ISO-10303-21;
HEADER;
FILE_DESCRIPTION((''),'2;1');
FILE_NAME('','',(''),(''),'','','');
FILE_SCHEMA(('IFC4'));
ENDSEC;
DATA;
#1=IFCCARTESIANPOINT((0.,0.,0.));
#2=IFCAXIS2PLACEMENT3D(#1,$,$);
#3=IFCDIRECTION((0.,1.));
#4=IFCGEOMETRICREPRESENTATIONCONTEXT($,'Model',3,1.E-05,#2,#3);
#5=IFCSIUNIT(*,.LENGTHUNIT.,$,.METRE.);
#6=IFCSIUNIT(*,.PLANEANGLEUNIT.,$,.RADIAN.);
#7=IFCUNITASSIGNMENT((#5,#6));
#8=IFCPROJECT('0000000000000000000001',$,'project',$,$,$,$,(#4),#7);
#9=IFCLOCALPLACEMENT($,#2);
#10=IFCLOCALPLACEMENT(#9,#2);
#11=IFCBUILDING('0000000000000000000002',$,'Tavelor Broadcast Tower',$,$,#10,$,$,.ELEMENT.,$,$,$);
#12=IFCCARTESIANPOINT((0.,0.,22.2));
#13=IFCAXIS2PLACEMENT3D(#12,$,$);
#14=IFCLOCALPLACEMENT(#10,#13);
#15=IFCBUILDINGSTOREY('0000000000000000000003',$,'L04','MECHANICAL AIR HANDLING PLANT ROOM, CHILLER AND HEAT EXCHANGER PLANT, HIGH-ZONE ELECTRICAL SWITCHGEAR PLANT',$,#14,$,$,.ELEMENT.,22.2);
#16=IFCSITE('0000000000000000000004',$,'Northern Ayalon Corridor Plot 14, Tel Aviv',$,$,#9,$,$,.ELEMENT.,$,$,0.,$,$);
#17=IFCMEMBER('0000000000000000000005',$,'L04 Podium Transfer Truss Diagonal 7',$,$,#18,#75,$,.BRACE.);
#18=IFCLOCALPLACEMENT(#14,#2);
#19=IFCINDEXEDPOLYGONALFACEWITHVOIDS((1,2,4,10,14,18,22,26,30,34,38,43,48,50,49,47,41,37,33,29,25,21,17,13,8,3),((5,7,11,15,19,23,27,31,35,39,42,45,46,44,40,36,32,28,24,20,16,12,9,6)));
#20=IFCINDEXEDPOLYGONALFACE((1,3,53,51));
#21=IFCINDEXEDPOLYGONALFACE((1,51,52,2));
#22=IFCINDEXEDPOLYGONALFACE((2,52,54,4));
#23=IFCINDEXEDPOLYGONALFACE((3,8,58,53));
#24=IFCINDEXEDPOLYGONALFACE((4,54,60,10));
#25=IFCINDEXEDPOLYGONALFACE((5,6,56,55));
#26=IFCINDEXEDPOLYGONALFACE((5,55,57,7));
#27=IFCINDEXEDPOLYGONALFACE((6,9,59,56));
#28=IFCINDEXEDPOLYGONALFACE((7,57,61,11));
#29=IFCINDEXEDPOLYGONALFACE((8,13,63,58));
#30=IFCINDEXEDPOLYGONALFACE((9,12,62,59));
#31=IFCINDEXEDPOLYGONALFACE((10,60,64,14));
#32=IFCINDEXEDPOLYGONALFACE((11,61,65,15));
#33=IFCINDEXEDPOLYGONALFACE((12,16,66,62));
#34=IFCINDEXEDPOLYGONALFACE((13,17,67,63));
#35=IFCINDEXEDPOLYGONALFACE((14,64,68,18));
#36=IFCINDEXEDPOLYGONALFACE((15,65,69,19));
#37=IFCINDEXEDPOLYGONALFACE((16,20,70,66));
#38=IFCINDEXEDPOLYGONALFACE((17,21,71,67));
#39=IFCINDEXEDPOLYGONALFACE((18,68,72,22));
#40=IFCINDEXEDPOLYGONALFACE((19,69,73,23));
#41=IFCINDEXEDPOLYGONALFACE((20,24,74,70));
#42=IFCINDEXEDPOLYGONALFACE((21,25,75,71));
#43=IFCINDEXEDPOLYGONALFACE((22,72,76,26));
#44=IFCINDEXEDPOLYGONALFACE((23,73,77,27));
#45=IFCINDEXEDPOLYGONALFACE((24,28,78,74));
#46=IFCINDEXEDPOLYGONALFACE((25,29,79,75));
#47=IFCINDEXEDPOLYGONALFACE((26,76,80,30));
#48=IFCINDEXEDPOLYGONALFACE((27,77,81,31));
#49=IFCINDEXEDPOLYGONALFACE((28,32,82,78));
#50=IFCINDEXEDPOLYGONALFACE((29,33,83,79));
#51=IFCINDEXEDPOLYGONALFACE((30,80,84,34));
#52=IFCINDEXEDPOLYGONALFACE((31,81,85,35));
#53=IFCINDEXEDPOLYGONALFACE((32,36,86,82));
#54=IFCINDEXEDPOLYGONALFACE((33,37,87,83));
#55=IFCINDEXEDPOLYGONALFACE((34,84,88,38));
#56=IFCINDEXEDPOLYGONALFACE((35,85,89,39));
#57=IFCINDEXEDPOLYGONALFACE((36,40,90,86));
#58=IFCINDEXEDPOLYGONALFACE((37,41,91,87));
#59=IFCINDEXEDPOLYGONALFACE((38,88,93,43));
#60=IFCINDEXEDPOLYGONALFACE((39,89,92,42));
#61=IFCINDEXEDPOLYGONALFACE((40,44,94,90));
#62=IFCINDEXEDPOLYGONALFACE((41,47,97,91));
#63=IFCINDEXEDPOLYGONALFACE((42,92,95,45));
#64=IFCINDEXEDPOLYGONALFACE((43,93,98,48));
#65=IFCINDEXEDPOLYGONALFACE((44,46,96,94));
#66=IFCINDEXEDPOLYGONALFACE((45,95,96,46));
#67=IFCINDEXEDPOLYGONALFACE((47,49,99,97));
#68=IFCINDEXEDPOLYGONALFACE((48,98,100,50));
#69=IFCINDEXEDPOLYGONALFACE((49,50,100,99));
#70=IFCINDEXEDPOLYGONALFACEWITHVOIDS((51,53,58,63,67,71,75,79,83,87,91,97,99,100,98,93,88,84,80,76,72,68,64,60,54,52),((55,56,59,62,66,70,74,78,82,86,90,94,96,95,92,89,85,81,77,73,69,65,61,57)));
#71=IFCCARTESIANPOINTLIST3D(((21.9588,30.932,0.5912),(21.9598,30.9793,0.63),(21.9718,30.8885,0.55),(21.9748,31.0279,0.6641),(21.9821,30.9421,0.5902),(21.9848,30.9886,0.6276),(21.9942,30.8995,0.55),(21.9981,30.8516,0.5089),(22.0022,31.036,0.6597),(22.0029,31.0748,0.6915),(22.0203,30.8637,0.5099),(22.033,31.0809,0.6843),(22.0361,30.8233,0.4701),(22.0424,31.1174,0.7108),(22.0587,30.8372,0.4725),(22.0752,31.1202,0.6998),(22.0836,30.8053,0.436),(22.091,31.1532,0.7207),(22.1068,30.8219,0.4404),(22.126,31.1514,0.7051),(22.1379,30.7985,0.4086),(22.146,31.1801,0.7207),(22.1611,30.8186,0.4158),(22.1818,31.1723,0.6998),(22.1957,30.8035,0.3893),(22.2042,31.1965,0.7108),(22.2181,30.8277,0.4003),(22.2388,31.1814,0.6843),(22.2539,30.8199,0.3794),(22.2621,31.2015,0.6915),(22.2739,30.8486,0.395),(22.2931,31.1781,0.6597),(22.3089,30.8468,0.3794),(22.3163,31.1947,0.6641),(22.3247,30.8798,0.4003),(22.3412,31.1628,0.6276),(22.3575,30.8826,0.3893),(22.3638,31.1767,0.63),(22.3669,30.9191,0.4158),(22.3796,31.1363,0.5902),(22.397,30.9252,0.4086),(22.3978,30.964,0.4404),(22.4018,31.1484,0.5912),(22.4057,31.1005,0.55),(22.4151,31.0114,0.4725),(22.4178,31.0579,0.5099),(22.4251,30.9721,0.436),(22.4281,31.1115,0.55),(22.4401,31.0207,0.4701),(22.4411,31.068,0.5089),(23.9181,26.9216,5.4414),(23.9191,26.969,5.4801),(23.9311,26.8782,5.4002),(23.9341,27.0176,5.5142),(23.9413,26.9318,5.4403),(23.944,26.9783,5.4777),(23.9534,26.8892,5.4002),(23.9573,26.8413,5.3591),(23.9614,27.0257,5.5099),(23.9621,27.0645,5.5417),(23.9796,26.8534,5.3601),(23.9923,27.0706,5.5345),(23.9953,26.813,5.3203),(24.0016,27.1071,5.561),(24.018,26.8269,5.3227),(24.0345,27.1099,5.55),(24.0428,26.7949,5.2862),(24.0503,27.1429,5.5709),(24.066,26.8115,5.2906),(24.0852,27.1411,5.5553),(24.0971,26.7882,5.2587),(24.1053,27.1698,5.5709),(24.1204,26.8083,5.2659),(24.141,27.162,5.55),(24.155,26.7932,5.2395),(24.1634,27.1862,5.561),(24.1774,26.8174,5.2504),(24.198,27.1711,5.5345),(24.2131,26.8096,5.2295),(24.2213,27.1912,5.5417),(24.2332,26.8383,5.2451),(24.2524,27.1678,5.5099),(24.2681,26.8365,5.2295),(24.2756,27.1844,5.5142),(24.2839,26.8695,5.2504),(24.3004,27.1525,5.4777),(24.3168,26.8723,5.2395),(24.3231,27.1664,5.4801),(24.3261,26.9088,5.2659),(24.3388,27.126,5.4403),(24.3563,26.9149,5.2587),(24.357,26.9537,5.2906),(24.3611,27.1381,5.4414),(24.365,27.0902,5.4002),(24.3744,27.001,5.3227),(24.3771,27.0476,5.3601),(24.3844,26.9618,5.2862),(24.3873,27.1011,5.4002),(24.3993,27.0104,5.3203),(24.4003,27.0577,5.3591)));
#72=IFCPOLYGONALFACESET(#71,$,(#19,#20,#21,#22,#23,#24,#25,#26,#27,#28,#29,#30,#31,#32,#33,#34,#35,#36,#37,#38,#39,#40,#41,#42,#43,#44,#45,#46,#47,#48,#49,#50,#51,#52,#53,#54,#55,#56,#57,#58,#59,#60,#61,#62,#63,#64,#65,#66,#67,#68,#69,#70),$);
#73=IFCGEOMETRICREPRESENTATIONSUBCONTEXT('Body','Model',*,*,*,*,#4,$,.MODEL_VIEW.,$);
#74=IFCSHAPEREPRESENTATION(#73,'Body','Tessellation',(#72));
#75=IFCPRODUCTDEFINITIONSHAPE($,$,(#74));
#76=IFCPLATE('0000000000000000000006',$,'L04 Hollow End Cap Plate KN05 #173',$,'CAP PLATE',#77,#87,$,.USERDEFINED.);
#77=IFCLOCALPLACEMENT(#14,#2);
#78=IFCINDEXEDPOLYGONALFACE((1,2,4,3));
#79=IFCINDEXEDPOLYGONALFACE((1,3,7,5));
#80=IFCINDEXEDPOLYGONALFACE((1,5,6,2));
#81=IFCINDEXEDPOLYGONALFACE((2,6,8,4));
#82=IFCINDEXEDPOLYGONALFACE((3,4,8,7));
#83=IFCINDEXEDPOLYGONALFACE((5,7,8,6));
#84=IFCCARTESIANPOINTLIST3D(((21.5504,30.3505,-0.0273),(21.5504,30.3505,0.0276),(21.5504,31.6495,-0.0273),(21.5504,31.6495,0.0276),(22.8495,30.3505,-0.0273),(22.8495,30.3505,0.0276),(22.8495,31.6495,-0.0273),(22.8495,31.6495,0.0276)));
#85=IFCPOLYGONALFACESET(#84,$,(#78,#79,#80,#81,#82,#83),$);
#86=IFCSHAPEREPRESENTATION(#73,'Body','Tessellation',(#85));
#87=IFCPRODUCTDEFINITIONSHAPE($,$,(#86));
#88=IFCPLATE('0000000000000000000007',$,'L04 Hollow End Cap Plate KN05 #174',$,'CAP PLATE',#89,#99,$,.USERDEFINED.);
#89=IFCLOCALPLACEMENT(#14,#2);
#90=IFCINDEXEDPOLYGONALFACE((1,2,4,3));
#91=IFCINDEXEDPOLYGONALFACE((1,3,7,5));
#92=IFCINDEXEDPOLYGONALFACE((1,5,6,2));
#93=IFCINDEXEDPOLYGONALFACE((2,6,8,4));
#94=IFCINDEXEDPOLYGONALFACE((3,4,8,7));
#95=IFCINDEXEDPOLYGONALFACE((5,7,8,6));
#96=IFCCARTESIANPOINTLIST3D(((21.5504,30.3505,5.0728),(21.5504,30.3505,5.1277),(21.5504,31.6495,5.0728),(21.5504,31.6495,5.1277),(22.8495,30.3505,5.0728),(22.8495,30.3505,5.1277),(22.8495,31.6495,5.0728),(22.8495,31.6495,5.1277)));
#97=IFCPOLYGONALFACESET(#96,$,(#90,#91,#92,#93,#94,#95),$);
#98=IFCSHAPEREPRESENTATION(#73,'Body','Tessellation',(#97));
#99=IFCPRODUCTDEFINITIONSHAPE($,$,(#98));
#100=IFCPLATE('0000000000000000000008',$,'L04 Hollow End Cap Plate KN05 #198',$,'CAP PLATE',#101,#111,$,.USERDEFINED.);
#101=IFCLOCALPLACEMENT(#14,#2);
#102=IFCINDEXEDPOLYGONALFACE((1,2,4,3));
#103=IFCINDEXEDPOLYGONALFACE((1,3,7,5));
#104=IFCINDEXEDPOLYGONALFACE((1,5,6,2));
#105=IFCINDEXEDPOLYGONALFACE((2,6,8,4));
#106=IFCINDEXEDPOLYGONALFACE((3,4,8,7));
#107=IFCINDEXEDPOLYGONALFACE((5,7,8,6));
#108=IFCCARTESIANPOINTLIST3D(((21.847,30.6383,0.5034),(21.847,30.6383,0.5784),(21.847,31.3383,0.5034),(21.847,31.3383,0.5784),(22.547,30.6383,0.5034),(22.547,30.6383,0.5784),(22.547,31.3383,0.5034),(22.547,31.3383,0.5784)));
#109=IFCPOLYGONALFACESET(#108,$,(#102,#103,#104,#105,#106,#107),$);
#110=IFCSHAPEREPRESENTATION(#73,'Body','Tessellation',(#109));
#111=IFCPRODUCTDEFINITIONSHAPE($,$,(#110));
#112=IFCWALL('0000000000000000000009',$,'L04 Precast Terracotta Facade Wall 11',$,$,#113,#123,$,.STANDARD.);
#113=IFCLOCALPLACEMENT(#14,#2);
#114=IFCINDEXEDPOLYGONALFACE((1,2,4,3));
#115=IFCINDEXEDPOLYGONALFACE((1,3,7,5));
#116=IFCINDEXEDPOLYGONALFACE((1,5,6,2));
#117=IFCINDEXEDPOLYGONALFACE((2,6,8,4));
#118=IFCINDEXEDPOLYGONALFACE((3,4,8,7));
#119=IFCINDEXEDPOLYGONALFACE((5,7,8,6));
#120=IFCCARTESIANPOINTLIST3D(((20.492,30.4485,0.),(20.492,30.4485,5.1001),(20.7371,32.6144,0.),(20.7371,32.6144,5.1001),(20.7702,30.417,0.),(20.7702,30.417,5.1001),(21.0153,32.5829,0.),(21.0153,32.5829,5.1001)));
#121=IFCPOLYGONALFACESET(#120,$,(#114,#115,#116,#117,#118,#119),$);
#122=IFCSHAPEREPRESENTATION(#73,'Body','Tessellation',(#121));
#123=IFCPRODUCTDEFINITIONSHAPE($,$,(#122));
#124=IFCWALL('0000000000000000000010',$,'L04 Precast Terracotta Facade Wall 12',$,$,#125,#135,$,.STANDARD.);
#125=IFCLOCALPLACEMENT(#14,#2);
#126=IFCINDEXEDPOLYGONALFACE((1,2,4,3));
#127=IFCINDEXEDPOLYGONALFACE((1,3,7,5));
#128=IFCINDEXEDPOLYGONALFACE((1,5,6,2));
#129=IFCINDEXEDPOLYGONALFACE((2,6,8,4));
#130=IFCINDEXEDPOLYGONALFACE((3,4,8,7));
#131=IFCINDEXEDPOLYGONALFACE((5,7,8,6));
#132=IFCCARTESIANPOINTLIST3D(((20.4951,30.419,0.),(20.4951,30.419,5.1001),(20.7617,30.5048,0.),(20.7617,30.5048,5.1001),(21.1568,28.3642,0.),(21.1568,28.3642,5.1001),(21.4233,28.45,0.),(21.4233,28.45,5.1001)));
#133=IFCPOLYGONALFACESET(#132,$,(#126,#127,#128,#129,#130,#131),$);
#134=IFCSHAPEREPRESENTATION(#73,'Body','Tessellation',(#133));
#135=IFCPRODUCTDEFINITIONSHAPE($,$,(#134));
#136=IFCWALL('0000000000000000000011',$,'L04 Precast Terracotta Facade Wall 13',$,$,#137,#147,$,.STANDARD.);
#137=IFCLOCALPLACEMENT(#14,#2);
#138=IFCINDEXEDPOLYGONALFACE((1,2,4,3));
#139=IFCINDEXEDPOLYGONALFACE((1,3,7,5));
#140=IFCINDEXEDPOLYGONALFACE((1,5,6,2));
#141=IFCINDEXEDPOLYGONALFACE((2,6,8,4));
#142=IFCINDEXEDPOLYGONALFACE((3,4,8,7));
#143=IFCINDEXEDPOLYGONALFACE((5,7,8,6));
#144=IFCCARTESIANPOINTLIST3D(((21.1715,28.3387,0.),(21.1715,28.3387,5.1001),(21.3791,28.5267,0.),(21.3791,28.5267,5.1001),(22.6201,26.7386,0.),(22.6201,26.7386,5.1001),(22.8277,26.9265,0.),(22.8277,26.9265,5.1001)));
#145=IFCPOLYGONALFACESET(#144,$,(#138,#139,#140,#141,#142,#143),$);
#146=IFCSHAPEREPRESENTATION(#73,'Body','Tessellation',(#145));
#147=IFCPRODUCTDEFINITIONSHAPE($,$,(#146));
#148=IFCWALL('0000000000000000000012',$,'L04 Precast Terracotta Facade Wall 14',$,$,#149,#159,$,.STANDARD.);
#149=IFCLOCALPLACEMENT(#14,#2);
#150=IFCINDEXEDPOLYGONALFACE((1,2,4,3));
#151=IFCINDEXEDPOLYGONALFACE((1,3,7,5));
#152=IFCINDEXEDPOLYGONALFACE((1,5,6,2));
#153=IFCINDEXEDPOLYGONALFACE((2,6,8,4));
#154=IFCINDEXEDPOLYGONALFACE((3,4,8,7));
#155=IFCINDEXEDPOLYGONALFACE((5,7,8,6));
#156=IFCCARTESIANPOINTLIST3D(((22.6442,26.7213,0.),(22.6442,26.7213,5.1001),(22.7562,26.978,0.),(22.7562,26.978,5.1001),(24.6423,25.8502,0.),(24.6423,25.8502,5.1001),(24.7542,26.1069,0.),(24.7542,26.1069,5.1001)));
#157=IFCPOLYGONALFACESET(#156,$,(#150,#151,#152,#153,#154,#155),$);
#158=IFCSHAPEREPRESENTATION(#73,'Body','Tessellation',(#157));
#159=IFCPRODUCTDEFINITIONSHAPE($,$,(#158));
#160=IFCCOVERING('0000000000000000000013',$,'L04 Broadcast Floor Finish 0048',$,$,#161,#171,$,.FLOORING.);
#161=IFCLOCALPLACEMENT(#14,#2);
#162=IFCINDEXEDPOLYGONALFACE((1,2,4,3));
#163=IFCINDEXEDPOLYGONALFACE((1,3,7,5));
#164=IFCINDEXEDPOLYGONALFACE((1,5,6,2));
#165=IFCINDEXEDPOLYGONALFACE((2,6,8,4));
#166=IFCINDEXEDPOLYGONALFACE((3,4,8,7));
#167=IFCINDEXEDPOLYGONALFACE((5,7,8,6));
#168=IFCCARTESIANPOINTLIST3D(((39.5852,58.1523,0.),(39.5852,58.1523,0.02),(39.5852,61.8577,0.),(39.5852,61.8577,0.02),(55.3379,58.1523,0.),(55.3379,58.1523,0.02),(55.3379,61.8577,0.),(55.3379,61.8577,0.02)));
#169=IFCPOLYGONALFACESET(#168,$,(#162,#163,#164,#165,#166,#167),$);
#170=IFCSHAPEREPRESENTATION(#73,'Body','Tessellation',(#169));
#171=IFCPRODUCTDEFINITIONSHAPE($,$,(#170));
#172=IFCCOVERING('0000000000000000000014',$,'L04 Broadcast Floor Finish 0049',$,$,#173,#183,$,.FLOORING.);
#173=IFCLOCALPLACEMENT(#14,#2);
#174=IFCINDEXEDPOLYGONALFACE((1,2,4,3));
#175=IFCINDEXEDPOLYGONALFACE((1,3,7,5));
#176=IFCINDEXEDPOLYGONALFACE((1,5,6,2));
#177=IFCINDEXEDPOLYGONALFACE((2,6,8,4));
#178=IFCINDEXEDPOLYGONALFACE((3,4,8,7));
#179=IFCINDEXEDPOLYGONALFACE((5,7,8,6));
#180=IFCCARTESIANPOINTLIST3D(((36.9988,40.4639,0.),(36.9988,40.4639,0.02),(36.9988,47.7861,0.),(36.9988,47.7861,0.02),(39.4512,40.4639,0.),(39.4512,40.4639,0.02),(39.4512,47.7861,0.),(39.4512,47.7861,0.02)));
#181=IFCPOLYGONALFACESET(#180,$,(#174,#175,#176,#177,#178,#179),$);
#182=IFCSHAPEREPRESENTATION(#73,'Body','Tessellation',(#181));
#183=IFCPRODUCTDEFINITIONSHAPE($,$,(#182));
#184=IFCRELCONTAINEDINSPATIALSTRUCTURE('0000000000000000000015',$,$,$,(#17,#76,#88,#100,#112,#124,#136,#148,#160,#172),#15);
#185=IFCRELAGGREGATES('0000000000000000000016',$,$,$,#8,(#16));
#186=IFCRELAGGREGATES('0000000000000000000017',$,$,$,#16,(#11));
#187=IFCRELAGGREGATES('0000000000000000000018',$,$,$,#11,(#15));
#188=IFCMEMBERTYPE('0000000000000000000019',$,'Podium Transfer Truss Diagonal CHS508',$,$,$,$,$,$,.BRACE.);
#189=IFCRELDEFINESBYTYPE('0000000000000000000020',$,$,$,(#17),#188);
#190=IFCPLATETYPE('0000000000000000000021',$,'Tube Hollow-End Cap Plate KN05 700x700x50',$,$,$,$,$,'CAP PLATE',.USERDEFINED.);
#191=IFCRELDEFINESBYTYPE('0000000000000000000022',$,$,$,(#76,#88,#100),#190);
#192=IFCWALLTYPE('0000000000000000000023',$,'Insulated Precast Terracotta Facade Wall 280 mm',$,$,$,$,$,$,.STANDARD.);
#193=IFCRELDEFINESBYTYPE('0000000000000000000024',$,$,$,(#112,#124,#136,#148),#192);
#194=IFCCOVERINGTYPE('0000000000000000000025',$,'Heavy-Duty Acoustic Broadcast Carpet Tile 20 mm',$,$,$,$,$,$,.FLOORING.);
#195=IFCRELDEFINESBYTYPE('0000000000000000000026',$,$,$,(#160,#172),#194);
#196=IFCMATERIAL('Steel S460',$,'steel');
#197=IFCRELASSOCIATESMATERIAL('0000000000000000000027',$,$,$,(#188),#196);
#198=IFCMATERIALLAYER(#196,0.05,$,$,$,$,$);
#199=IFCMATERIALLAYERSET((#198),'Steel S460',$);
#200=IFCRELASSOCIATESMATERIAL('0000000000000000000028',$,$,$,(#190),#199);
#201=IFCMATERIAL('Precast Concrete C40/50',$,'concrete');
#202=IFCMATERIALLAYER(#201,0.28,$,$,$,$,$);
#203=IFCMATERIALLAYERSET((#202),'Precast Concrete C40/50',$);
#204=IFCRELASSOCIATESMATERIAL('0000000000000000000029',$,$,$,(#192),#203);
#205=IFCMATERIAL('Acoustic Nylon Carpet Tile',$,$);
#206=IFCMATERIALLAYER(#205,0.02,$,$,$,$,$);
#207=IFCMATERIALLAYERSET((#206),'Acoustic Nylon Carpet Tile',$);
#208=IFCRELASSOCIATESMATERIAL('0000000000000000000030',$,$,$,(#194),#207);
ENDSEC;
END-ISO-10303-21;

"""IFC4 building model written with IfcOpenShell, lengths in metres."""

from ifc_helpers import new_model, si_unit, direction, frame, frame_2d, origin, origin_2d, place, context, subcontext, project, spatial, polyline, rectangle, hollow_circle, outline, extrude, source, transform, mapped, material, layer, layer_set, material_profile, profile_set, type_object, type_shapes, element, save


model = new_model("IFC4")

# Units and contexts
model_context = context("Model", 3, precision=1e-05, world=origin(), true_north=direction((0.0, 1.0)))
body_context = subcontext(model_context, "Body", "Model", "MODEL_VIEW")
ifc_project = project(units=[si_unit("LENGTHUNIT", "METRE"), si_unit("PLANEANGLEUNIT", "RADIAN")], contexts=[model_context])

# Site, building, storey
site_placement = place(None, origin())
site = spatial("IfcSite", under=ifc_project, at=site_placement, Name="Northern Ayalon Corridor Plot 14, Tel Aviv", CompositionType="ELEMENT", RefElevation=0.0)
building_placement = place(site_placement, origin())
building = spatial("IfcBuilding", under=site, at=building_placement, Name="Tavelor Broadcast Tower", CompositionType="ELEMENT")
storey_placement = place(building_placement, frame((0.0, 0.0, 22.2)))
storey = spatial("IfcBuildingStorey", under=building, at=storey_placement, Name="L04", Description="MECHANICAL AIR HANDLING PLANT ROOM, CHILLER AND HEAT EXCHANGER PLANT, HIGH-ZONE ELECTRICAL SWITCHGEAR PLANT", CompositionType="ELEMENT", Elevation=22.2)

# Shared definitions
ifc_material_1 = material(Name="Steel S460", Category="steel")

# Member
ifc_material_profile_1 = material_profile(ifc_material_1, hollow_circle(Radius=0.2539, WallThickness=0.0249, at=origin_2d()), Name="CHS 508x25")
ifc_profile_set_1 = profile_set([ifc_material_profile_1], Name="Steel S460")
member_type = type_object("IfcMemberType", Name="Podium Transfer Truss Diagonal CHS508", PredefinedType="BRACE", material=ifc_profile_set_1)
member_1_placement = place(storey_placement, frame((22.2, 31.0, 0.55), z_axis=(0.297248, -0.608424, 0.735842), x_axis=(0.898503, 0.438968, 0.0)))
element("IfcMember", 1, at=member_1_placement, inside=storey, type_object=member_type, Name="L04 Podium Transfer Truss Diagonal 7", PredefinedType="BRACE", context=body_context, shape_type="SweptSolid", body=[
    extrude(hollow_circle(Radius=0.2539, WallThickness=0.0249, at=origin_2d()), origin(), (0.0, 0.0, 1.0), 6.5913),
])

# Plates
ifc_layer_1 = layer(ifc_material_1, 0.05)
ifc_layer_set_1 = layer_set([ifc_layer_1], Name="Steel S460")
plate_type = type_object("IfcPlateType", Name="Tube Hollow-End Cap Plate KN05 700x700x50", ElementType="CAP PLATE", PredefinedType="USERDEFINED", material=ifc_layer_set_1)
shared_shape_1 = source(origin(), body_context, "Body", "SweptSolid", [
    extrude(rectangle(XDim=1.2991, YDim=1.2991, at=origin_2d()), origin(), (0.0, 0.0, 1.0), 0.0549),
])
for number, where, z_axis, x_axis, name in (
    (2, (22.2, 31.0, -0.0273), (0.0, 0.0, 1.0), (1.0, 0.0, 0.0), "L04 Hollow End Cap Plate KN05 #173"),
    (3, (22.2, 31.0, 5.0728), (0.0, 0.0, 1.0), (1.0, 0.0, 0.0), "L04 Hollow End Cap Plate KN05 #174"),
):
    element("IfcPlate", number, at=place(storey_placement, frame(where, z_axis=z_axis, x_axis=x_axis)), inside=storey, type_object=plate_type, Name=name, ObjectType="CAP PLATE", PredefinedType="USERDEFINED", context=body_context, shape_type="MappedRepresentation", body=[
        mapped(shared_shape_1, transform((0.0, 0.0, 0.0), scale=1.0)),
    ])
shared_shape_2 = source(origin(), body_context, "Body", "SweptSolid", [
    extrude(rectangle(XDim=0.7, YDim=0.7, at=origin_2d()), origin(), (0.0, 0.0, 1.0), 0.075),
])
type_shapes(plate_type, [shared_shape_1, shared_shape_2])
plate_placement = place(storey_placement, frame((22.197, 30.9883, 0.5034), z_axis=(0.0, 0.0, 1.0), x_axis=(1.0, 0.0, 0.0)))
element("IfcPlate", 4, at=plate_placement, inside=storey, type_object=plate_type, Name="L04 Hollow End Cap Plate KN05 #198", ObjectType="CAP PLATE", PredefinedType="USERDEFINED", context=body_context, shape_type="MappedRepresentation", body=[
    mapped(shared_shape_2, transform((0.0, 0.0, 0.0), scale=1.0)),
])

# Walls
ifc_material_2 = material(Name="Precast Concrete C40/50", Category="concrete")
ifc_layer_2 = layer(ifc_material_2, 0.28)
ifc_layer_set_2 = layer_set([ifc_layer_2], Name="Precast Concrete C40/50")
wall_type = type_object("IfcWallType", Name="Insulated Precast Terracotta Facade Wall 280 mm", PredefinedType="STANDARD", material=ifc_layer_set_2)
wall_1_placement = place(storey_placement, frame((20.8762, 32.5986, 0.0), z_axis=(0.0, 0.0, 1.0), x_axis=(-0.11246, -0.993656, 0.0)))
element("IfcWall", 5, at=wall_1_placement, inside=storey, type_object=wall_type, Name="L04 Precast Terracotta Facade Wall 11", PredefinedType="STANDARD", context=body_context, shape_type="SweptSolid", body=[
    extrude(rectangle(XDim=2.1797, YDim=0.28, at=frame_2d((1.0898, 0.0))), origin(), (0.0, 0.0, 1.0), 5.1001),
])
wall_2_placement = place(storey_placement, frame((20.6284, 30.4619, 0.0), z_axis=(0.0, 0.0, 1.0), x_axis=(0.306507, -0.951868, 0.0)))
element("IfcWall", 6, at=wall_2_placement, inside=storey, type_object=wall_type, Name="L04 Precast Terracotta Facade Wall 12", PredefinedType="STANDARD", context=body_context, shape_type="SweptSolid", body=[
    extrude(rectangle(XDim=2.1587, YDim=0.28, at=frame_2d((1.0793, 0.0))), origin(), (0.0, 0.0, 1.0), 5.1001),
])
wall_3_placement = place(storey_placement, frame((21.2754, 28.4326, 0.0), z_axis=(0.0, 0.0, 1.0), x_axis=(0.671112, -0.741356, 0.0)))
element("IfcWall", 7, at=wall_3_placement, inside=storey, type_object=wall_type, Name="L04 Precast Terracotta Facade Wall 13", PredefinedType="STANDARD", context=body_context, shape_type="SweptSolid", body=[
    extrude(rectangle(XDim=2.1584, YDim=0.28, at=frame_2d((1.0791, 0.0))), origin(), (0.0, 0.0, 1.0), 5.1001),
])
wall_4_placement = place(storey_placement, frame((22.7002, 26.8496, 0.0), z_axis=(0.0, 0.0, 1.0), x_axis=(0.916671, -0.399643, 0.0)))
element("IfcWall", 8, at=wall_4_placement, inside=storey, type_object=wall_type, Name="L04 Precast Terracotta Facade Wall 14", PredefinedType="STANDARD", context=body_context, shape_type="SweptSolid", body=[
    extrude(rectangle(XDim=2.1797, YDim=0.28, at=frame_2d((1.0898, 0.0))), origin(), (0.0, 0.0, 1.0), 5.1001),
])

# Coverings
ifc_material_3 = material(Name="Acoustic Nylon Carpet Tile")
ifc_layer_3 = layer(ifc_material_3, 0.02)
ifc_layer_set_3 = layer_set([ifc_layer_3], Name="Acoustic Nylon Carpet Tile")
covering_type_1 = type_object("IfcCoveringType", Name="Heavy-Duty Acoustic Broadcast Carpet Tile 20 mm", PredefinedType="FLOORING", material=ifc_layer_set_3)
covering_1_placement = place(storey_placement, origin())
element("IfcCovering", 9, at=covering_1_placement, inside=storey, type_object=covering_type_1, Name="L04 Broadcast Floor Finish 0048", PredefinedType="FLOORING", context=body_context, shape_type="SweptSolid", body=[
    extrude(outline(polyline([(39.5852, 58.1523), (55.3379, 58.1523), (55.3379, 61.8577), (39.5852, 61.8577), (39.5852, 58.1523)])), origin(), (0.0, 0.0, 1.0), 0.02),
])
covering_2_placement = place(storey_placement, origin())
element("IfcCovering", 10, at=covering_2_placement, inside=storey, type_object=covering_type_1, Name="L04 Broadcast Floor Finish 0049", PredefinedType="FLOORING", context=body_context, shape_type="SweptSolid", body=[
    extrude(outline(polyline([(36.9988, 40.4639), (39.4512, 40.4639), (39.4512, 47.7861), (36.9988, 47.7861), (36.9988, 40.4639)])), origin(), (0.0, 0.0, 1.0), 0.02),
])

save(model, "model.ifc")
